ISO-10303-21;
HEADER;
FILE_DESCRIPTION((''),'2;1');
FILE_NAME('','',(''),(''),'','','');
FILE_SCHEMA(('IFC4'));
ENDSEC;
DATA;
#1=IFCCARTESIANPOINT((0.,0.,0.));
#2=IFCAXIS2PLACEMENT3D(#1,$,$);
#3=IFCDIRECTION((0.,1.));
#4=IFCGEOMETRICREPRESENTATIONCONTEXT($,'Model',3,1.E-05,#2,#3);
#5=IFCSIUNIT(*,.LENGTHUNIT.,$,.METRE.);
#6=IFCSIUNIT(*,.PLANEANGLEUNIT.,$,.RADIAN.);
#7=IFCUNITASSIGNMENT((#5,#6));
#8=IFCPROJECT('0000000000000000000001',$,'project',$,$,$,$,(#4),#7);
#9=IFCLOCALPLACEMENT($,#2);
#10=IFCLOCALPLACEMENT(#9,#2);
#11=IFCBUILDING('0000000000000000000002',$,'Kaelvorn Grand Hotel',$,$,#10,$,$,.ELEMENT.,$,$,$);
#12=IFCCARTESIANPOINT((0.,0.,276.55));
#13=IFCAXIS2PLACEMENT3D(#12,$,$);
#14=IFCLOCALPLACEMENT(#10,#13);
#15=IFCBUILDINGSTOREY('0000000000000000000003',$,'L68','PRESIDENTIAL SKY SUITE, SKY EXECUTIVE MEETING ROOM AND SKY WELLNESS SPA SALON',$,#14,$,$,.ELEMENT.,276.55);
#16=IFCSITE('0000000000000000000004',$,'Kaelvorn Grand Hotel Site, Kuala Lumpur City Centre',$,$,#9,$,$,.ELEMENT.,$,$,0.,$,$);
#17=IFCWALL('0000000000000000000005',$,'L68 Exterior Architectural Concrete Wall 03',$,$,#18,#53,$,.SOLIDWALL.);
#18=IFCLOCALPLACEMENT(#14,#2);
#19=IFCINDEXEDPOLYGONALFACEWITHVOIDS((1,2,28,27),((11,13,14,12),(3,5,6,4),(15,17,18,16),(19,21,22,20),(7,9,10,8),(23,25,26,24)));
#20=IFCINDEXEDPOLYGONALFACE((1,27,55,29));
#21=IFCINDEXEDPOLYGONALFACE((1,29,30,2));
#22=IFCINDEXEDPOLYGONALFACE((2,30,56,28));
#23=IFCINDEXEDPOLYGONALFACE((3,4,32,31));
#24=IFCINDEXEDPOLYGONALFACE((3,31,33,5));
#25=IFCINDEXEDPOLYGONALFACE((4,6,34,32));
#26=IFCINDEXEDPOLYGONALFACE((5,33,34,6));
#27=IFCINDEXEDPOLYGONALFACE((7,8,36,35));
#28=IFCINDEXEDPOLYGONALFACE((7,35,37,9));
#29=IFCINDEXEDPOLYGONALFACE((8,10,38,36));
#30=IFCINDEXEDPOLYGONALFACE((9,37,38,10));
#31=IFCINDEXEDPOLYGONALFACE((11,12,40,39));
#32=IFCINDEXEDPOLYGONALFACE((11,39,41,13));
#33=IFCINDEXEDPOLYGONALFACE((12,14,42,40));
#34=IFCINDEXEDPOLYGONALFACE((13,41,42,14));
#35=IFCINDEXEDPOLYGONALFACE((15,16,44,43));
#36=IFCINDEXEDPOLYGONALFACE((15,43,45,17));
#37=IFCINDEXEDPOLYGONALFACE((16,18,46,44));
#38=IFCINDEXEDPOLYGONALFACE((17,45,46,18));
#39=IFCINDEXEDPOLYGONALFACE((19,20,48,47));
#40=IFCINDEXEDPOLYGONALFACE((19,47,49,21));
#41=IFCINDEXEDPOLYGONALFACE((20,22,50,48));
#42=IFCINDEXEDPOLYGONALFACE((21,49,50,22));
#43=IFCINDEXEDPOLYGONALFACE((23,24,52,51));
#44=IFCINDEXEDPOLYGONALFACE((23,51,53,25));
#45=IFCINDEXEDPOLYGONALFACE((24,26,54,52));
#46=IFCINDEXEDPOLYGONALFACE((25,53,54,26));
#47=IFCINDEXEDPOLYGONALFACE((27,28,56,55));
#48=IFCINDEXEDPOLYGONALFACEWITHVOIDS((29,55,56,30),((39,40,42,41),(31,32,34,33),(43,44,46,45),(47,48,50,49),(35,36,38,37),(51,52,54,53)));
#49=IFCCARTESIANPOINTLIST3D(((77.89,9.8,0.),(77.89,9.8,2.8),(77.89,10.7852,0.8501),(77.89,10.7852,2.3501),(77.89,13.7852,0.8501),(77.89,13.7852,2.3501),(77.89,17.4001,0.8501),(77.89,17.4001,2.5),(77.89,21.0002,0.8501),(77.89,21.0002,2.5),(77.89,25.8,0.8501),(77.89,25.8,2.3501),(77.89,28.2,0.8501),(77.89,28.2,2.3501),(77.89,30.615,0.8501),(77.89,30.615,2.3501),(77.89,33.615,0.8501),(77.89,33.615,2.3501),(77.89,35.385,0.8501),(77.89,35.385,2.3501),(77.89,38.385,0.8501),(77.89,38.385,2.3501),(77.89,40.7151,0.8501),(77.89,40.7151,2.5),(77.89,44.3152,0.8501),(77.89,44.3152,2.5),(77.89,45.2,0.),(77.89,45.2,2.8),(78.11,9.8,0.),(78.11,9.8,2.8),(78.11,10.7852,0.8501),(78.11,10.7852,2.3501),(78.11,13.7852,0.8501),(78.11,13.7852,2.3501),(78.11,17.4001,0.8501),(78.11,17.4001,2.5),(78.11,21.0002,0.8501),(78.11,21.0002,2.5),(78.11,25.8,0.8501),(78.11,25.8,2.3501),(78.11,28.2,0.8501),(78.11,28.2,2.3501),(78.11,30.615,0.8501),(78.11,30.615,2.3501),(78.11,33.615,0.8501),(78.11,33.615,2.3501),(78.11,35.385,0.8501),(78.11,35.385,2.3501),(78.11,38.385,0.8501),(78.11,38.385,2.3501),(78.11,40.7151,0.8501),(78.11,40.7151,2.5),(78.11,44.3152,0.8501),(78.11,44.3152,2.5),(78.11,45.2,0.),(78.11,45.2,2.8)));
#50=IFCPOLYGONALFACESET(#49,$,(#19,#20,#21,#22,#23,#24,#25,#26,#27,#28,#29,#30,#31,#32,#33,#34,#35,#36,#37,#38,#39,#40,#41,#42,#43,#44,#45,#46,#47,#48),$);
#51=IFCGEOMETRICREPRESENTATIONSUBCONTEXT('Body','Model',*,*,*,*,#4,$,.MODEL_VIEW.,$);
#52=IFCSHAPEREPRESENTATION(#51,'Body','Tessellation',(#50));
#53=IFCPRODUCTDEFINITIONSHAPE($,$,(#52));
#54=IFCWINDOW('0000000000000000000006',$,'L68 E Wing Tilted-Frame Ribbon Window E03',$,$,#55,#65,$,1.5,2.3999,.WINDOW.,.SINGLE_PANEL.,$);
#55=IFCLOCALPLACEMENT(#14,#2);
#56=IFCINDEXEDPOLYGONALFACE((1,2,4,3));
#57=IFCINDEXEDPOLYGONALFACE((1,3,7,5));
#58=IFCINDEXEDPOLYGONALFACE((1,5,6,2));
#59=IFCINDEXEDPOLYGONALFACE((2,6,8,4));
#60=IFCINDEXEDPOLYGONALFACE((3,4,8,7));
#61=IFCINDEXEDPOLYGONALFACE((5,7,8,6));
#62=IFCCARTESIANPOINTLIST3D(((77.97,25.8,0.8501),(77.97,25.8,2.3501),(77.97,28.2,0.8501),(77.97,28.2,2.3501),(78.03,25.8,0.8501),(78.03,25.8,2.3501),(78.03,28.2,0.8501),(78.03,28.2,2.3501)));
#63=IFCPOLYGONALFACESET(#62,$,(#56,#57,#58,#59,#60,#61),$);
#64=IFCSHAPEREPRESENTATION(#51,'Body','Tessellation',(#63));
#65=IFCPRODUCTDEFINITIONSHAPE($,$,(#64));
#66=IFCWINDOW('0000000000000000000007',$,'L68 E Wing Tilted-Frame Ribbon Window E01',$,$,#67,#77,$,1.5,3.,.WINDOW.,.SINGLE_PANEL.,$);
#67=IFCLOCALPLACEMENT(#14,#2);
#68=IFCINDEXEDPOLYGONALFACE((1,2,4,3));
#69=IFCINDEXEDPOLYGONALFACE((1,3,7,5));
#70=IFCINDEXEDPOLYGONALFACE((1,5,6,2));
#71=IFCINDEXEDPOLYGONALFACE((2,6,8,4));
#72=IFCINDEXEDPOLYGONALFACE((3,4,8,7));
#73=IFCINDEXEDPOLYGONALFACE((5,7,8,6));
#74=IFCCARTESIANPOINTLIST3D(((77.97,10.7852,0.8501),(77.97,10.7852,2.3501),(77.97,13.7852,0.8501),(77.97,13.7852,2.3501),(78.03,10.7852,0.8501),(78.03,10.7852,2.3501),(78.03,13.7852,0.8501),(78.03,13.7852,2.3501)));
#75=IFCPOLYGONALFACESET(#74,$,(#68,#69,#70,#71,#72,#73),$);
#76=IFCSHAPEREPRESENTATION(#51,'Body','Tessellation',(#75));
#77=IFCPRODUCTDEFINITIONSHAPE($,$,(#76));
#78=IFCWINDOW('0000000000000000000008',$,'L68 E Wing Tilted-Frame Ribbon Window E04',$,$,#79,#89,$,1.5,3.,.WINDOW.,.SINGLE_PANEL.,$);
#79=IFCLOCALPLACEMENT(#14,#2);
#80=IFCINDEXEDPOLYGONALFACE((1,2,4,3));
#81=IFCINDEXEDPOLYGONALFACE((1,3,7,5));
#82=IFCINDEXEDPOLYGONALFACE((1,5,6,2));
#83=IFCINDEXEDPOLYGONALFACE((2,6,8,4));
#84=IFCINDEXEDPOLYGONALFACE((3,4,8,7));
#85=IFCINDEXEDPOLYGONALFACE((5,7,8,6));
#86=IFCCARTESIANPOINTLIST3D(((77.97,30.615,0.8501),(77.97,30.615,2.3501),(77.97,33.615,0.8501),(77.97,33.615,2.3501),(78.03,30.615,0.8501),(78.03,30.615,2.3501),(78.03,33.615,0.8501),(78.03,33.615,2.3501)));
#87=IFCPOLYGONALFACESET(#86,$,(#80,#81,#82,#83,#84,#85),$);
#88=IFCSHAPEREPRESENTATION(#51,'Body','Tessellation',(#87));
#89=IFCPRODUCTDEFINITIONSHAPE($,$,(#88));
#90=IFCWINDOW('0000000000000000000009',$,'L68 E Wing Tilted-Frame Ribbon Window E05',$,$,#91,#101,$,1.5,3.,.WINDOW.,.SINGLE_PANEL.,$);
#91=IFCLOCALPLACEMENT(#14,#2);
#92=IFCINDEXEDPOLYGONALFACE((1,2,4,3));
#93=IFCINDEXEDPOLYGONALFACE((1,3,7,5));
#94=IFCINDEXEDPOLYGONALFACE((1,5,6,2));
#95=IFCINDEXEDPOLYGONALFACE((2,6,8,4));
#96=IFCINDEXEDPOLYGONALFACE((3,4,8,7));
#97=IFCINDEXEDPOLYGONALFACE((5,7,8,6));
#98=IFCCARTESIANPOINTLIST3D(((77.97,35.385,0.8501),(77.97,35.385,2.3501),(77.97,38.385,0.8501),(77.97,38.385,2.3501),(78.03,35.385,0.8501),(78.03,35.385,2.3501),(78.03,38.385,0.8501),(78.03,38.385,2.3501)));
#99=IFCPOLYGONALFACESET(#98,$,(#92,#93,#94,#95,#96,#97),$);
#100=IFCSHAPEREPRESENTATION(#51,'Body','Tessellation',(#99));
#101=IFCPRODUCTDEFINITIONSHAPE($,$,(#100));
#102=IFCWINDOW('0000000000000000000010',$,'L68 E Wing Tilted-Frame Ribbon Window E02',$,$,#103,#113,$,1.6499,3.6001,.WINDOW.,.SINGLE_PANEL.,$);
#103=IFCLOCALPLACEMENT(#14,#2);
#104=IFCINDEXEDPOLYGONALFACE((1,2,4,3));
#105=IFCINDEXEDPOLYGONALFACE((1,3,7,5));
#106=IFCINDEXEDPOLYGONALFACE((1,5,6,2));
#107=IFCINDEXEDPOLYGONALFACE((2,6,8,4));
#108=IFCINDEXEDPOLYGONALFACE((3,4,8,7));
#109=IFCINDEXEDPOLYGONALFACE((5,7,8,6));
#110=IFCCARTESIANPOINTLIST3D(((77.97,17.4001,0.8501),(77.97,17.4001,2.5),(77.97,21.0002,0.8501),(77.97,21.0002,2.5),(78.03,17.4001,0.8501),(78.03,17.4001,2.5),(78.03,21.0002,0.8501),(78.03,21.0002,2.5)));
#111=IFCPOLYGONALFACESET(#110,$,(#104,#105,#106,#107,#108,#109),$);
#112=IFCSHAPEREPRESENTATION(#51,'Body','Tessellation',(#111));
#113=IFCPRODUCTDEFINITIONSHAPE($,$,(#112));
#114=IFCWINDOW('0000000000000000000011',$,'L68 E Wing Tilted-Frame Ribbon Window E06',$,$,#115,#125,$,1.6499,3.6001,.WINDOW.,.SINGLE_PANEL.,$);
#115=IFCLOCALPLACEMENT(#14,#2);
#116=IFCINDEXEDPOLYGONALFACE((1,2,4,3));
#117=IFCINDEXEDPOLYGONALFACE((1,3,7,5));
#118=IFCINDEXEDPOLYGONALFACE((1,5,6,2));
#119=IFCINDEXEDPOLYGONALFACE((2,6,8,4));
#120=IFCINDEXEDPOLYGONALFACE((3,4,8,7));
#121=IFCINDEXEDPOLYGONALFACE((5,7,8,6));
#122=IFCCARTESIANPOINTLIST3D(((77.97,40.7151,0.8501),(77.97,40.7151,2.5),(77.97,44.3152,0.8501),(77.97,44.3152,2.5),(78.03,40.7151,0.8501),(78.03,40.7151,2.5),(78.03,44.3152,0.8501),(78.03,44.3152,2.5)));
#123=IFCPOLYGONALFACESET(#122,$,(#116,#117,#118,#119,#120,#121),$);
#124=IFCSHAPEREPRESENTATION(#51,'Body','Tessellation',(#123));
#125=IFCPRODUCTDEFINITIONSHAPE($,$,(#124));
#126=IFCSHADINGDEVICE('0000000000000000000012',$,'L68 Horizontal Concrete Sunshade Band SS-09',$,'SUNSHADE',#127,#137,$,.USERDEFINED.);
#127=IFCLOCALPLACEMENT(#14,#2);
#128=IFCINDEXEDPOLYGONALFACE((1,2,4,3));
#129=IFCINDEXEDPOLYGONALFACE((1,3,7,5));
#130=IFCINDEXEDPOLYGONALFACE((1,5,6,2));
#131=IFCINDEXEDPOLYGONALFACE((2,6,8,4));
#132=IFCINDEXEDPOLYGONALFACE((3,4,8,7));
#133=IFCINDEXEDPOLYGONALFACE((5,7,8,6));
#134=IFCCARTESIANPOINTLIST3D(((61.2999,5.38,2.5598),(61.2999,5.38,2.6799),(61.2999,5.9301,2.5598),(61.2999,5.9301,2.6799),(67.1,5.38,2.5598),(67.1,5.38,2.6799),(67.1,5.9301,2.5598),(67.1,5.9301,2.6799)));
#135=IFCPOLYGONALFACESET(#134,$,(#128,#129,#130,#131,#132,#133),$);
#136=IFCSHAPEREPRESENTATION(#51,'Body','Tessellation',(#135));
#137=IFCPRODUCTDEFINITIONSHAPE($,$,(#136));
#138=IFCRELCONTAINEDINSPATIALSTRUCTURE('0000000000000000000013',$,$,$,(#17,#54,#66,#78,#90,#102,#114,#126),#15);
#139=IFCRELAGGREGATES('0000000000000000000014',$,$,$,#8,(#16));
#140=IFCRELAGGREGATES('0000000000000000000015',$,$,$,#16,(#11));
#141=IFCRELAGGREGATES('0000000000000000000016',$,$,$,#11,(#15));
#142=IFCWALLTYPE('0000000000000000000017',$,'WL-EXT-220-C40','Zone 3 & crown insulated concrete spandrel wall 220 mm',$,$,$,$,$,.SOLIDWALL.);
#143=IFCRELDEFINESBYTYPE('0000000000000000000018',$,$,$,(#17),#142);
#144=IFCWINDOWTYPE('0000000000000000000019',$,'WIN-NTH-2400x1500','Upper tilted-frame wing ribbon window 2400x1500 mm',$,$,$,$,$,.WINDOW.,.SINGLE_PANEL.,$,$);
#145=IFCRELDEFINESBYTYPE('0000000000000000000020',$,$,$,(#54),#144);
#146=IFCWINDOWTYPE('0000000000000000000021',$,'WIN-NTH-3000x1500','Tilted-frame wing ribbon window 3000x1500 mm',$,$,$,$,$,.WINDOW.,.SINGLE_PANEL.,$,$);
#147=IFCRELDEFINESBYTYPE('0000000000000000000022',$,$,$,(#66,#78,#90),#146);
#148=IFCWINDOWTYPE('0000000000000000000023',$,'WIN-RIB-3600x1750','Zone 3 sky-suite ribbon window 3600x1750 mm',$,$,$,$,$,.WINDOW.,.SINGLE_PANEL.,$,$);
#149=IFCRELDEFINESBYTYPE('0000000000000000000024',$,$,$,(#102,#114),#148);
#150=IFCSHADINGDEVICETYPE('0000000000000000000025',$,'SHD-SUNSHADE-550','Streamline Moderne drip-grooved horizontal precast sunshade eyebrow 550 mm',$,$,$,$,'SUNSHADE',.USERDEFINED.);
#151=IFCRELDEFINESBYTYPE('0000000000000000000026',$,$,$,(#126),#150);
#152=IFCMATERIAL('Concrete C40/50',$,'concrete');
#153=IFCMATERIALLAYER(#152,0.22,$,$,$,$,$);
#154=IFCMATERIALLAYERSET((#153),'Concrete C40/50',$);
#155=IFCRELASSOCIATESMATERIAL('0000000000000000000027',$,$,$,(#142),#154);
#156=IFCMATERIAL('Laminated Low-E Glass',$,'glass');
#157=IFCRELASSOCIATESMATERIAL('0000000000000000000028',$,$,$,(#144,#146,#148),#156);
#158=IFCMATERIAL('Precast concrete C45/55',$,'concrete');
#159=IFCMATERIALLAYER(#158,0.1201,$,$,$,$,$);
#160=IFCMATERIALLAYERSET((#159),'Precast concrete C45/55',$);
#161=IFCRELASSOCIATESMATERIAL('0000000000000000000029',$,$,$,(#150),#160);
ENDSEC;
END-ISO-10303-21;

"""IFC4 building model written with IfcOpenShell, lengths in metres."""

from ifc_helpers import new_model, si_unit, direction, frame, frame_2d, origin, origin_2d, place, context, subcontext, project, spatial, rectangle, extrude, material, layer, layer_set, type_object, element, fill, save


model = new_model("IFC4")

# Units and contexts
model_context = context("Model", 3, precision=1e-05, world=origin(), true_north=direction((0.0, 1.0)))
body_context = subcontext(model_context, "Body", "Model", "MODEL_VIEW")
ifc_project = project(units=[si_unit("LENGTHUNIT", "METRE"), si_unit("PLANEANGLEUNIT", "RADIAN")], contexts=[model_context])

# Site, building, storey
site_placement = place(None, origin())
site = spatial("IfcSite", under=ifc_project, at=site_placement, Name="Kaelvorn Grand Hotel Site, Kuala Lumpur City Centre", CompositionType="ELEMENT", RefElevation=0.0)
building_placement = place(site_placement, origin())
building = spatial("IfcBuilding", under=site, at=building_placement, Name="Kaelvorn Grand Hotel", CompositionType="ELEMENT")
storey_placement = place(building_placement, frame((0.0, 0.0, 276.55)))
storey = spatial("IfcBuildingStorey", under=building, at=storey_placement, Name="L68", Description="PRESIDENTIAL SKY SUITE, SKY EXECUTIVE MEETING ROOM AND SKY WELLNESS SPA SALON", CompositionType="ELEMENT", Elevation=276.55)

# Shared definitions
ifc_material_1 = material(Name="Concrete C40/50", Category="concrete")

# Shared definitions
ifc_material_2 = material(Name="Precast concrete C45/55", Category="concrete")

# Shared definitions
ifc_layer_1 = layer(ifc_material_1, 0.22)
ifc_layer_set_1 = layer_set([ifc_layer_1], Name="Concrete C40/50")
wall_type = type_object("IfcWallType", Name="WL-EXT-220-C40", Description="Zone 3 & crown insulated concrete spandrel wall 220 mm", PredefinedType="SOLIDWALL", material=ifc_layer_set_1)
ifc_material_3 = material(Name="Laminated Low-E Glass", Category="glass")

# Wall, openings, windows
wall_1_placement = place(storey_placement, frame((78.0, 9.8, 0.0), z_axis=(0.0, 0.0, 1.0), x_axis=(0.0, 1.0, 0.0)))
wall_1 = element("IfcWall", 1, at=wall_1_placement, inside=storey, type_object=wall_type, Name="L68 Exterior Architectural Concrete Wall 03", PredefinedType="SOLIDWALL", context=body_context, shape_type="SweptSolid", body=[
    extrude(rectangle(XDim=35.3999, YDim=0.22, at=frame_2d((17.7, 0.0))), origin(), (0.0, 0.0, 1.0), 2.8),
])
opening_1_placement = place(wall_1_placement, frame((0.9851, 0.0, 0.8501)))
opening_1 = element("IfcOpeningElement", 2, at=opening_1_placement, cuts=wall_1, PredefinedType="OPENING", context=body_context, shape_type="SweptSolid", body=[
    extrude(rectangle(XDim=3.0, YDim=1.5, at=frame_2d((1.5, 0.75))), frame((0.0, 0.1201, 0.0), z_axis=(0.0, -1.0, 0.0), x_axis=(1.0, 0.0, 0.0)), (0.0, 0.0, 1.0), 0.24),
])
opening_2_placement = place(wall_1_placement, frame((7.6001, 0.0, 0.8501)))
opening_2 = element("IfcOpeningElement", 3, at=opening_2_placement, cuts=wall_1, PredefinedType="OPENING", context=body_context, shape_type="SweptSolid", body=[
    extrude(rectangle(XDim=3.6001, YDim=1.6499, at=frame_2d((1.8, 0.825))), frame((0.0, 0.1201, 0.0), z_axis=(0.0, -1.0, 0.0), x_axis=(1.0, 0.0, 0.0)), (0.0, 0.0, 1.0), 0.24),
])
opening_3_placement = place(wall_1_placement, frame((16.0, 0.0, 0.8501)))
opening_3 = element("IfcOpeningElement", 4, at=opening_3_placement, cuts=wall_1, PredefinedType="OPENING", context=body_context, shape_type="SweptSolid", body=[
    extrude(rectangle(XDim=2.3999, YDim=1.5, at=frame_2d((1.2, 0.75))), frame((0.0, 0.1201, 0.0), z_axis=(0.0, -1.0, 0.0), x_axis=(1.0, 0.0, 0.0)), (0.0, 0.0, 1.0), 0.24),
])
opening_4_placement = place(wall_1_placement, frame((20.8149, 0.0, 0.8501)))
opening_4 = element("IfcOpeningElement", 5, at=opening_4_placement, cuts=wall_1, PredefinedType="OPENING", context=body_context, shape_type="SweptSolid", body=[
    extrude(rectangle(XDim=3.0, YDim=1.5, at=frame_2d((1.5, 0.75))), frame((0.0, 0.1201, 0.0), z_axis=(0.0, -1.0, 0.0), x_axis=(1.0, 0.0, 0.0)), (0.0, 0.0, 1.0), 0.24),
])
opening_5_placement = place(wall_1_placement, frame((25.585, 0.0, 0.8501)))
opening_5 = element("IfcOpeningElement", 6, at=opening_5_placement, cuts=wall_1, PredefinedType="OPENING", context=body_context, shape_type="SweptSolid", body=[
    extrude(rectangle(XDim=3.0, YDim=1.5, at=frame_2d((1.5, 0.75))), frame((0.0, 0.1201, 0.0), z_axis=(0.0, -1.0, 0.0), x_axis=(1.0, 0.0, 0.0)), (0.0, 0.0, 1.0), 0.24),
])
opening_6_placement = place(wall_1_placement, frame((30.915, 0.0, 0.8501)))
opening_6 = element("IfcOpeningElement", 7, at=opening_6_placement, cuts=wall_1, PredefinedType="OPENING", context=body_context, shape_type="SweptSolid", body=[
    extrude(rectangle(XDim=3.6001, YDim=1.6499, at=frame_2d((1.8, 0.825))), frame((0.0, 0.1201, 0.0), z_axis=(0.0, -1.0, 0.0), x_axis=(1.0, 0.0, 0.0)), (0.0, 0.0, 1.0), 0.24),
])
window_type_1 = type_object("IfcWindowType", Name="WIN-NTH-2400x1500", Description="Upper tilted-frame wing ribbon window 2400x1500 mm", PartitioningType="SINGLE_PANEL", PredefinedType="WINDOW", material=ifc_material_3)
window_1_placement = place(opening_3_placement, origin())
window_1 = element("IfcWindow", 8, at=window_1_placement, inside=storey, type_object=window_type_1, Name="L68 E Wing Tilted-Frame Ribbon Window E03", OverallHeight=1.5, OverallWidth=2.3999, PartitioningType="SINGLE_PANEL", PredefinedType="WINDOW", context=body_context, shape_type="SweptSolid", body=[
    extrude(rectangle(XDim=2.3999, YDim=1.5, at=frame_2d((1.2, 0.75))), frame((0.0, 0.03, 0.0), z_axis=(0.0, -1.0, 0.0), x_axis=(1.0, 0.0, 0.0)), (0.0, 0.0, 1.0), 0.0601),
])
fill(opening_3, window_1)
window_type_2 = type_object("IfcWindowType", Name="WIN-NTH-3000x1500", Description="Tilted-frame wing ribbon window 3000x1500 mm", PartitioningType="SINGLE_PANEL", PredefinedType="WINDOW", material=ifc_material_3)
window_2_placement = place(opening_1_placement, origin())
window_2 = element("IfcWindow", 9, at=window_2_placement, inside=storey, type_object=window_type_2, Name="L68 E Wing Tilted-Frame Ribbon Window E01", OverallHeight=1.5, OverallWidth=3.0, PartitioningType="SINGLE_PANEL", PredefinedType="WINDOW", context=body_context, shape_type="SweptSolid", body=[
    extrude(rectangle(XDim=3.0, YDim=1.5, at=frame_2d((1.5, 0.75))), frame((0.0, 0.03, 0.0), z_axis=(0.0, -1.0, 0.0), x_axis=(1.0, 0.0, 0.0)), (0.0, 0.0, 1.0), 0.0601),
])
fill(opening_1, window_2)
window_3_placement = place(opening_4_placement, origin())
window_3 = element("IfcWindow", 10, at=window_3_placement, inside=storey, type_object=window_type_2, Name="L68 E Wing Tilted-Frame Ribbon Window E04", OverallHeight=1.5, OverallWidth=3.0, PartitioningType="SINGLE_PANEL", PredefinedType="WINDOW", context=body_context, shape_type="SweptSolid", body=[
    extrude(rectangle(XDim=3.0, YDim=1.5, at=frame_2d((1.5, 0.75))), frame((0.0, 0.03, 0.0), z_axis=(0.0, -1.0, 0.0), x_axis=(1.0, 0.0, 0.0)), (0.0, 0.0, 1.0), 0.0601),
])
fill(opening_4, window_3)
window_4_placement = place(opening_5_placement, origin())
window_4 = element("IfcWindow", 11, at=window_4_placement, inside=storey, type_object=window_type_2, Name="L68 E Wing Tilted-Frame Ribbon Window E05", OverallHeight=1.5, OverallWidth=3.0, PartitioningType="SINGLE_PANEL", PredefinedType="WINDOW", context=body_context, shape_type="SweptSolid", body=[
    extrude(rectangle(XDim=3.0, YDim=1.5, at=frame_2d((1.5, 0.75))), frame((0.0, 0.03, 0.0), z_axis=(0.0, -1.0, 0.0), x_axis=(1.0, 0.0, 0.0)), (0.0, 0.0, 1.0), 0.0601),
])
fill(opening_5, window_4)
window_type_3 = type_object("IfcWindowType", Name="WIN-RIB-3600x1750", Description="Zone 3 sky-suite ribbon window 3600x1750 mm", PartitioningType="SINGLE_PANEL", PredefinedType="WINDOW", material=ifc_material_3)
window_5_placement = place(opening_2_placement, origin())
window_5 = element("IfcWindow", 12, at=window_5_placement, inside=storey, type_object=window_type_3, Name="L68 E Wing Tilted-Frame Ribbon Window E02", OverallHeight=1.6499, OverallWidth=3.6001, PartitioningType="SINGLE_PANEL", PredefinedType="WINDOW", context=body_context, shape_type="SweptSolid", body=[
    extrude(rectangle(XDim=3.6001, YDim=1.6499, at=frame_2d((1.8, 0.825))), frame((0.0, 0.03, 0.0), z_axis=(0.0, -1.0, 0.0), x_axis=(1.0, 0.0, 0.0)), (0.0, 0.0, 1.0), 0.0601),
])
fill(opening_2, window_5)
window_6_placement = place(opening_6_placement, origin())
window_6 = element("IfcWindow", 13, at=window_6_placement, inside=storey, type_object=window_type_3, Name="L68 E Wing Tilted-Frame Ribbon Window E06", OverallHeight=1.6499, OverallWidth=3.6001, PartitioningType="SINGLE_PANEL", PredefinedType="WINDOW", context=body_context, shape_type="SweptSolid", body=[
    extrude(rectangle(XDim=3.6001, YDim=1.6499, at=frame_2d((1.8, 0.825))), frame((0.0, 0.03, 0.0), z_axis=(0.0, -1.0, 0.0), x_axis=(1.0, 0.0, 0.0)), (0.0, 0.0, 1.0), 0.0601),
])
fill(opening_6, window_6)

# Shading device
ifc_layer_2 = layer(ifc_material_2, 0.1201)
ifc_layer_set_2 = layer_set([ifc_layer_2], Name="Precast concrete C45/55")
shading_device_type = type_object("IfcShadingDeviceType", Name="SHD-SUNSHADE-550", Description="Streamline Moderne drip-grooved horizontal precast sunshade eyebrow 550 mm", ElementType="SUNSHADE", PredefinedType="USERDEFINED", material=ifc_layer_set_2)
shading_device_placement = place(storey_placement, frame((64.2, 5.655, 2.5598), z_axis=(0.0, 0.0, 1.0), x_axis=(1.0, 0.0, 0.0)))
element("IfcShadingDevice", 14, at=shading_device_placement, inside=storey, type_object=shading_device_type, Name="L68 Horizontal Concrete Sunshade Band SS-09", ObjectType="SUNSHADE", PredefinedType="USERDEFINED", context=body_context, shape_type="SweptSolid", body=[
    extrude(rectangle(XDim=5.8, YDim=0.55, at=origin_2d()), origin(), (0.0, 0.0, 1.0), 0.1201),
])

save(model, "model.ifc")
